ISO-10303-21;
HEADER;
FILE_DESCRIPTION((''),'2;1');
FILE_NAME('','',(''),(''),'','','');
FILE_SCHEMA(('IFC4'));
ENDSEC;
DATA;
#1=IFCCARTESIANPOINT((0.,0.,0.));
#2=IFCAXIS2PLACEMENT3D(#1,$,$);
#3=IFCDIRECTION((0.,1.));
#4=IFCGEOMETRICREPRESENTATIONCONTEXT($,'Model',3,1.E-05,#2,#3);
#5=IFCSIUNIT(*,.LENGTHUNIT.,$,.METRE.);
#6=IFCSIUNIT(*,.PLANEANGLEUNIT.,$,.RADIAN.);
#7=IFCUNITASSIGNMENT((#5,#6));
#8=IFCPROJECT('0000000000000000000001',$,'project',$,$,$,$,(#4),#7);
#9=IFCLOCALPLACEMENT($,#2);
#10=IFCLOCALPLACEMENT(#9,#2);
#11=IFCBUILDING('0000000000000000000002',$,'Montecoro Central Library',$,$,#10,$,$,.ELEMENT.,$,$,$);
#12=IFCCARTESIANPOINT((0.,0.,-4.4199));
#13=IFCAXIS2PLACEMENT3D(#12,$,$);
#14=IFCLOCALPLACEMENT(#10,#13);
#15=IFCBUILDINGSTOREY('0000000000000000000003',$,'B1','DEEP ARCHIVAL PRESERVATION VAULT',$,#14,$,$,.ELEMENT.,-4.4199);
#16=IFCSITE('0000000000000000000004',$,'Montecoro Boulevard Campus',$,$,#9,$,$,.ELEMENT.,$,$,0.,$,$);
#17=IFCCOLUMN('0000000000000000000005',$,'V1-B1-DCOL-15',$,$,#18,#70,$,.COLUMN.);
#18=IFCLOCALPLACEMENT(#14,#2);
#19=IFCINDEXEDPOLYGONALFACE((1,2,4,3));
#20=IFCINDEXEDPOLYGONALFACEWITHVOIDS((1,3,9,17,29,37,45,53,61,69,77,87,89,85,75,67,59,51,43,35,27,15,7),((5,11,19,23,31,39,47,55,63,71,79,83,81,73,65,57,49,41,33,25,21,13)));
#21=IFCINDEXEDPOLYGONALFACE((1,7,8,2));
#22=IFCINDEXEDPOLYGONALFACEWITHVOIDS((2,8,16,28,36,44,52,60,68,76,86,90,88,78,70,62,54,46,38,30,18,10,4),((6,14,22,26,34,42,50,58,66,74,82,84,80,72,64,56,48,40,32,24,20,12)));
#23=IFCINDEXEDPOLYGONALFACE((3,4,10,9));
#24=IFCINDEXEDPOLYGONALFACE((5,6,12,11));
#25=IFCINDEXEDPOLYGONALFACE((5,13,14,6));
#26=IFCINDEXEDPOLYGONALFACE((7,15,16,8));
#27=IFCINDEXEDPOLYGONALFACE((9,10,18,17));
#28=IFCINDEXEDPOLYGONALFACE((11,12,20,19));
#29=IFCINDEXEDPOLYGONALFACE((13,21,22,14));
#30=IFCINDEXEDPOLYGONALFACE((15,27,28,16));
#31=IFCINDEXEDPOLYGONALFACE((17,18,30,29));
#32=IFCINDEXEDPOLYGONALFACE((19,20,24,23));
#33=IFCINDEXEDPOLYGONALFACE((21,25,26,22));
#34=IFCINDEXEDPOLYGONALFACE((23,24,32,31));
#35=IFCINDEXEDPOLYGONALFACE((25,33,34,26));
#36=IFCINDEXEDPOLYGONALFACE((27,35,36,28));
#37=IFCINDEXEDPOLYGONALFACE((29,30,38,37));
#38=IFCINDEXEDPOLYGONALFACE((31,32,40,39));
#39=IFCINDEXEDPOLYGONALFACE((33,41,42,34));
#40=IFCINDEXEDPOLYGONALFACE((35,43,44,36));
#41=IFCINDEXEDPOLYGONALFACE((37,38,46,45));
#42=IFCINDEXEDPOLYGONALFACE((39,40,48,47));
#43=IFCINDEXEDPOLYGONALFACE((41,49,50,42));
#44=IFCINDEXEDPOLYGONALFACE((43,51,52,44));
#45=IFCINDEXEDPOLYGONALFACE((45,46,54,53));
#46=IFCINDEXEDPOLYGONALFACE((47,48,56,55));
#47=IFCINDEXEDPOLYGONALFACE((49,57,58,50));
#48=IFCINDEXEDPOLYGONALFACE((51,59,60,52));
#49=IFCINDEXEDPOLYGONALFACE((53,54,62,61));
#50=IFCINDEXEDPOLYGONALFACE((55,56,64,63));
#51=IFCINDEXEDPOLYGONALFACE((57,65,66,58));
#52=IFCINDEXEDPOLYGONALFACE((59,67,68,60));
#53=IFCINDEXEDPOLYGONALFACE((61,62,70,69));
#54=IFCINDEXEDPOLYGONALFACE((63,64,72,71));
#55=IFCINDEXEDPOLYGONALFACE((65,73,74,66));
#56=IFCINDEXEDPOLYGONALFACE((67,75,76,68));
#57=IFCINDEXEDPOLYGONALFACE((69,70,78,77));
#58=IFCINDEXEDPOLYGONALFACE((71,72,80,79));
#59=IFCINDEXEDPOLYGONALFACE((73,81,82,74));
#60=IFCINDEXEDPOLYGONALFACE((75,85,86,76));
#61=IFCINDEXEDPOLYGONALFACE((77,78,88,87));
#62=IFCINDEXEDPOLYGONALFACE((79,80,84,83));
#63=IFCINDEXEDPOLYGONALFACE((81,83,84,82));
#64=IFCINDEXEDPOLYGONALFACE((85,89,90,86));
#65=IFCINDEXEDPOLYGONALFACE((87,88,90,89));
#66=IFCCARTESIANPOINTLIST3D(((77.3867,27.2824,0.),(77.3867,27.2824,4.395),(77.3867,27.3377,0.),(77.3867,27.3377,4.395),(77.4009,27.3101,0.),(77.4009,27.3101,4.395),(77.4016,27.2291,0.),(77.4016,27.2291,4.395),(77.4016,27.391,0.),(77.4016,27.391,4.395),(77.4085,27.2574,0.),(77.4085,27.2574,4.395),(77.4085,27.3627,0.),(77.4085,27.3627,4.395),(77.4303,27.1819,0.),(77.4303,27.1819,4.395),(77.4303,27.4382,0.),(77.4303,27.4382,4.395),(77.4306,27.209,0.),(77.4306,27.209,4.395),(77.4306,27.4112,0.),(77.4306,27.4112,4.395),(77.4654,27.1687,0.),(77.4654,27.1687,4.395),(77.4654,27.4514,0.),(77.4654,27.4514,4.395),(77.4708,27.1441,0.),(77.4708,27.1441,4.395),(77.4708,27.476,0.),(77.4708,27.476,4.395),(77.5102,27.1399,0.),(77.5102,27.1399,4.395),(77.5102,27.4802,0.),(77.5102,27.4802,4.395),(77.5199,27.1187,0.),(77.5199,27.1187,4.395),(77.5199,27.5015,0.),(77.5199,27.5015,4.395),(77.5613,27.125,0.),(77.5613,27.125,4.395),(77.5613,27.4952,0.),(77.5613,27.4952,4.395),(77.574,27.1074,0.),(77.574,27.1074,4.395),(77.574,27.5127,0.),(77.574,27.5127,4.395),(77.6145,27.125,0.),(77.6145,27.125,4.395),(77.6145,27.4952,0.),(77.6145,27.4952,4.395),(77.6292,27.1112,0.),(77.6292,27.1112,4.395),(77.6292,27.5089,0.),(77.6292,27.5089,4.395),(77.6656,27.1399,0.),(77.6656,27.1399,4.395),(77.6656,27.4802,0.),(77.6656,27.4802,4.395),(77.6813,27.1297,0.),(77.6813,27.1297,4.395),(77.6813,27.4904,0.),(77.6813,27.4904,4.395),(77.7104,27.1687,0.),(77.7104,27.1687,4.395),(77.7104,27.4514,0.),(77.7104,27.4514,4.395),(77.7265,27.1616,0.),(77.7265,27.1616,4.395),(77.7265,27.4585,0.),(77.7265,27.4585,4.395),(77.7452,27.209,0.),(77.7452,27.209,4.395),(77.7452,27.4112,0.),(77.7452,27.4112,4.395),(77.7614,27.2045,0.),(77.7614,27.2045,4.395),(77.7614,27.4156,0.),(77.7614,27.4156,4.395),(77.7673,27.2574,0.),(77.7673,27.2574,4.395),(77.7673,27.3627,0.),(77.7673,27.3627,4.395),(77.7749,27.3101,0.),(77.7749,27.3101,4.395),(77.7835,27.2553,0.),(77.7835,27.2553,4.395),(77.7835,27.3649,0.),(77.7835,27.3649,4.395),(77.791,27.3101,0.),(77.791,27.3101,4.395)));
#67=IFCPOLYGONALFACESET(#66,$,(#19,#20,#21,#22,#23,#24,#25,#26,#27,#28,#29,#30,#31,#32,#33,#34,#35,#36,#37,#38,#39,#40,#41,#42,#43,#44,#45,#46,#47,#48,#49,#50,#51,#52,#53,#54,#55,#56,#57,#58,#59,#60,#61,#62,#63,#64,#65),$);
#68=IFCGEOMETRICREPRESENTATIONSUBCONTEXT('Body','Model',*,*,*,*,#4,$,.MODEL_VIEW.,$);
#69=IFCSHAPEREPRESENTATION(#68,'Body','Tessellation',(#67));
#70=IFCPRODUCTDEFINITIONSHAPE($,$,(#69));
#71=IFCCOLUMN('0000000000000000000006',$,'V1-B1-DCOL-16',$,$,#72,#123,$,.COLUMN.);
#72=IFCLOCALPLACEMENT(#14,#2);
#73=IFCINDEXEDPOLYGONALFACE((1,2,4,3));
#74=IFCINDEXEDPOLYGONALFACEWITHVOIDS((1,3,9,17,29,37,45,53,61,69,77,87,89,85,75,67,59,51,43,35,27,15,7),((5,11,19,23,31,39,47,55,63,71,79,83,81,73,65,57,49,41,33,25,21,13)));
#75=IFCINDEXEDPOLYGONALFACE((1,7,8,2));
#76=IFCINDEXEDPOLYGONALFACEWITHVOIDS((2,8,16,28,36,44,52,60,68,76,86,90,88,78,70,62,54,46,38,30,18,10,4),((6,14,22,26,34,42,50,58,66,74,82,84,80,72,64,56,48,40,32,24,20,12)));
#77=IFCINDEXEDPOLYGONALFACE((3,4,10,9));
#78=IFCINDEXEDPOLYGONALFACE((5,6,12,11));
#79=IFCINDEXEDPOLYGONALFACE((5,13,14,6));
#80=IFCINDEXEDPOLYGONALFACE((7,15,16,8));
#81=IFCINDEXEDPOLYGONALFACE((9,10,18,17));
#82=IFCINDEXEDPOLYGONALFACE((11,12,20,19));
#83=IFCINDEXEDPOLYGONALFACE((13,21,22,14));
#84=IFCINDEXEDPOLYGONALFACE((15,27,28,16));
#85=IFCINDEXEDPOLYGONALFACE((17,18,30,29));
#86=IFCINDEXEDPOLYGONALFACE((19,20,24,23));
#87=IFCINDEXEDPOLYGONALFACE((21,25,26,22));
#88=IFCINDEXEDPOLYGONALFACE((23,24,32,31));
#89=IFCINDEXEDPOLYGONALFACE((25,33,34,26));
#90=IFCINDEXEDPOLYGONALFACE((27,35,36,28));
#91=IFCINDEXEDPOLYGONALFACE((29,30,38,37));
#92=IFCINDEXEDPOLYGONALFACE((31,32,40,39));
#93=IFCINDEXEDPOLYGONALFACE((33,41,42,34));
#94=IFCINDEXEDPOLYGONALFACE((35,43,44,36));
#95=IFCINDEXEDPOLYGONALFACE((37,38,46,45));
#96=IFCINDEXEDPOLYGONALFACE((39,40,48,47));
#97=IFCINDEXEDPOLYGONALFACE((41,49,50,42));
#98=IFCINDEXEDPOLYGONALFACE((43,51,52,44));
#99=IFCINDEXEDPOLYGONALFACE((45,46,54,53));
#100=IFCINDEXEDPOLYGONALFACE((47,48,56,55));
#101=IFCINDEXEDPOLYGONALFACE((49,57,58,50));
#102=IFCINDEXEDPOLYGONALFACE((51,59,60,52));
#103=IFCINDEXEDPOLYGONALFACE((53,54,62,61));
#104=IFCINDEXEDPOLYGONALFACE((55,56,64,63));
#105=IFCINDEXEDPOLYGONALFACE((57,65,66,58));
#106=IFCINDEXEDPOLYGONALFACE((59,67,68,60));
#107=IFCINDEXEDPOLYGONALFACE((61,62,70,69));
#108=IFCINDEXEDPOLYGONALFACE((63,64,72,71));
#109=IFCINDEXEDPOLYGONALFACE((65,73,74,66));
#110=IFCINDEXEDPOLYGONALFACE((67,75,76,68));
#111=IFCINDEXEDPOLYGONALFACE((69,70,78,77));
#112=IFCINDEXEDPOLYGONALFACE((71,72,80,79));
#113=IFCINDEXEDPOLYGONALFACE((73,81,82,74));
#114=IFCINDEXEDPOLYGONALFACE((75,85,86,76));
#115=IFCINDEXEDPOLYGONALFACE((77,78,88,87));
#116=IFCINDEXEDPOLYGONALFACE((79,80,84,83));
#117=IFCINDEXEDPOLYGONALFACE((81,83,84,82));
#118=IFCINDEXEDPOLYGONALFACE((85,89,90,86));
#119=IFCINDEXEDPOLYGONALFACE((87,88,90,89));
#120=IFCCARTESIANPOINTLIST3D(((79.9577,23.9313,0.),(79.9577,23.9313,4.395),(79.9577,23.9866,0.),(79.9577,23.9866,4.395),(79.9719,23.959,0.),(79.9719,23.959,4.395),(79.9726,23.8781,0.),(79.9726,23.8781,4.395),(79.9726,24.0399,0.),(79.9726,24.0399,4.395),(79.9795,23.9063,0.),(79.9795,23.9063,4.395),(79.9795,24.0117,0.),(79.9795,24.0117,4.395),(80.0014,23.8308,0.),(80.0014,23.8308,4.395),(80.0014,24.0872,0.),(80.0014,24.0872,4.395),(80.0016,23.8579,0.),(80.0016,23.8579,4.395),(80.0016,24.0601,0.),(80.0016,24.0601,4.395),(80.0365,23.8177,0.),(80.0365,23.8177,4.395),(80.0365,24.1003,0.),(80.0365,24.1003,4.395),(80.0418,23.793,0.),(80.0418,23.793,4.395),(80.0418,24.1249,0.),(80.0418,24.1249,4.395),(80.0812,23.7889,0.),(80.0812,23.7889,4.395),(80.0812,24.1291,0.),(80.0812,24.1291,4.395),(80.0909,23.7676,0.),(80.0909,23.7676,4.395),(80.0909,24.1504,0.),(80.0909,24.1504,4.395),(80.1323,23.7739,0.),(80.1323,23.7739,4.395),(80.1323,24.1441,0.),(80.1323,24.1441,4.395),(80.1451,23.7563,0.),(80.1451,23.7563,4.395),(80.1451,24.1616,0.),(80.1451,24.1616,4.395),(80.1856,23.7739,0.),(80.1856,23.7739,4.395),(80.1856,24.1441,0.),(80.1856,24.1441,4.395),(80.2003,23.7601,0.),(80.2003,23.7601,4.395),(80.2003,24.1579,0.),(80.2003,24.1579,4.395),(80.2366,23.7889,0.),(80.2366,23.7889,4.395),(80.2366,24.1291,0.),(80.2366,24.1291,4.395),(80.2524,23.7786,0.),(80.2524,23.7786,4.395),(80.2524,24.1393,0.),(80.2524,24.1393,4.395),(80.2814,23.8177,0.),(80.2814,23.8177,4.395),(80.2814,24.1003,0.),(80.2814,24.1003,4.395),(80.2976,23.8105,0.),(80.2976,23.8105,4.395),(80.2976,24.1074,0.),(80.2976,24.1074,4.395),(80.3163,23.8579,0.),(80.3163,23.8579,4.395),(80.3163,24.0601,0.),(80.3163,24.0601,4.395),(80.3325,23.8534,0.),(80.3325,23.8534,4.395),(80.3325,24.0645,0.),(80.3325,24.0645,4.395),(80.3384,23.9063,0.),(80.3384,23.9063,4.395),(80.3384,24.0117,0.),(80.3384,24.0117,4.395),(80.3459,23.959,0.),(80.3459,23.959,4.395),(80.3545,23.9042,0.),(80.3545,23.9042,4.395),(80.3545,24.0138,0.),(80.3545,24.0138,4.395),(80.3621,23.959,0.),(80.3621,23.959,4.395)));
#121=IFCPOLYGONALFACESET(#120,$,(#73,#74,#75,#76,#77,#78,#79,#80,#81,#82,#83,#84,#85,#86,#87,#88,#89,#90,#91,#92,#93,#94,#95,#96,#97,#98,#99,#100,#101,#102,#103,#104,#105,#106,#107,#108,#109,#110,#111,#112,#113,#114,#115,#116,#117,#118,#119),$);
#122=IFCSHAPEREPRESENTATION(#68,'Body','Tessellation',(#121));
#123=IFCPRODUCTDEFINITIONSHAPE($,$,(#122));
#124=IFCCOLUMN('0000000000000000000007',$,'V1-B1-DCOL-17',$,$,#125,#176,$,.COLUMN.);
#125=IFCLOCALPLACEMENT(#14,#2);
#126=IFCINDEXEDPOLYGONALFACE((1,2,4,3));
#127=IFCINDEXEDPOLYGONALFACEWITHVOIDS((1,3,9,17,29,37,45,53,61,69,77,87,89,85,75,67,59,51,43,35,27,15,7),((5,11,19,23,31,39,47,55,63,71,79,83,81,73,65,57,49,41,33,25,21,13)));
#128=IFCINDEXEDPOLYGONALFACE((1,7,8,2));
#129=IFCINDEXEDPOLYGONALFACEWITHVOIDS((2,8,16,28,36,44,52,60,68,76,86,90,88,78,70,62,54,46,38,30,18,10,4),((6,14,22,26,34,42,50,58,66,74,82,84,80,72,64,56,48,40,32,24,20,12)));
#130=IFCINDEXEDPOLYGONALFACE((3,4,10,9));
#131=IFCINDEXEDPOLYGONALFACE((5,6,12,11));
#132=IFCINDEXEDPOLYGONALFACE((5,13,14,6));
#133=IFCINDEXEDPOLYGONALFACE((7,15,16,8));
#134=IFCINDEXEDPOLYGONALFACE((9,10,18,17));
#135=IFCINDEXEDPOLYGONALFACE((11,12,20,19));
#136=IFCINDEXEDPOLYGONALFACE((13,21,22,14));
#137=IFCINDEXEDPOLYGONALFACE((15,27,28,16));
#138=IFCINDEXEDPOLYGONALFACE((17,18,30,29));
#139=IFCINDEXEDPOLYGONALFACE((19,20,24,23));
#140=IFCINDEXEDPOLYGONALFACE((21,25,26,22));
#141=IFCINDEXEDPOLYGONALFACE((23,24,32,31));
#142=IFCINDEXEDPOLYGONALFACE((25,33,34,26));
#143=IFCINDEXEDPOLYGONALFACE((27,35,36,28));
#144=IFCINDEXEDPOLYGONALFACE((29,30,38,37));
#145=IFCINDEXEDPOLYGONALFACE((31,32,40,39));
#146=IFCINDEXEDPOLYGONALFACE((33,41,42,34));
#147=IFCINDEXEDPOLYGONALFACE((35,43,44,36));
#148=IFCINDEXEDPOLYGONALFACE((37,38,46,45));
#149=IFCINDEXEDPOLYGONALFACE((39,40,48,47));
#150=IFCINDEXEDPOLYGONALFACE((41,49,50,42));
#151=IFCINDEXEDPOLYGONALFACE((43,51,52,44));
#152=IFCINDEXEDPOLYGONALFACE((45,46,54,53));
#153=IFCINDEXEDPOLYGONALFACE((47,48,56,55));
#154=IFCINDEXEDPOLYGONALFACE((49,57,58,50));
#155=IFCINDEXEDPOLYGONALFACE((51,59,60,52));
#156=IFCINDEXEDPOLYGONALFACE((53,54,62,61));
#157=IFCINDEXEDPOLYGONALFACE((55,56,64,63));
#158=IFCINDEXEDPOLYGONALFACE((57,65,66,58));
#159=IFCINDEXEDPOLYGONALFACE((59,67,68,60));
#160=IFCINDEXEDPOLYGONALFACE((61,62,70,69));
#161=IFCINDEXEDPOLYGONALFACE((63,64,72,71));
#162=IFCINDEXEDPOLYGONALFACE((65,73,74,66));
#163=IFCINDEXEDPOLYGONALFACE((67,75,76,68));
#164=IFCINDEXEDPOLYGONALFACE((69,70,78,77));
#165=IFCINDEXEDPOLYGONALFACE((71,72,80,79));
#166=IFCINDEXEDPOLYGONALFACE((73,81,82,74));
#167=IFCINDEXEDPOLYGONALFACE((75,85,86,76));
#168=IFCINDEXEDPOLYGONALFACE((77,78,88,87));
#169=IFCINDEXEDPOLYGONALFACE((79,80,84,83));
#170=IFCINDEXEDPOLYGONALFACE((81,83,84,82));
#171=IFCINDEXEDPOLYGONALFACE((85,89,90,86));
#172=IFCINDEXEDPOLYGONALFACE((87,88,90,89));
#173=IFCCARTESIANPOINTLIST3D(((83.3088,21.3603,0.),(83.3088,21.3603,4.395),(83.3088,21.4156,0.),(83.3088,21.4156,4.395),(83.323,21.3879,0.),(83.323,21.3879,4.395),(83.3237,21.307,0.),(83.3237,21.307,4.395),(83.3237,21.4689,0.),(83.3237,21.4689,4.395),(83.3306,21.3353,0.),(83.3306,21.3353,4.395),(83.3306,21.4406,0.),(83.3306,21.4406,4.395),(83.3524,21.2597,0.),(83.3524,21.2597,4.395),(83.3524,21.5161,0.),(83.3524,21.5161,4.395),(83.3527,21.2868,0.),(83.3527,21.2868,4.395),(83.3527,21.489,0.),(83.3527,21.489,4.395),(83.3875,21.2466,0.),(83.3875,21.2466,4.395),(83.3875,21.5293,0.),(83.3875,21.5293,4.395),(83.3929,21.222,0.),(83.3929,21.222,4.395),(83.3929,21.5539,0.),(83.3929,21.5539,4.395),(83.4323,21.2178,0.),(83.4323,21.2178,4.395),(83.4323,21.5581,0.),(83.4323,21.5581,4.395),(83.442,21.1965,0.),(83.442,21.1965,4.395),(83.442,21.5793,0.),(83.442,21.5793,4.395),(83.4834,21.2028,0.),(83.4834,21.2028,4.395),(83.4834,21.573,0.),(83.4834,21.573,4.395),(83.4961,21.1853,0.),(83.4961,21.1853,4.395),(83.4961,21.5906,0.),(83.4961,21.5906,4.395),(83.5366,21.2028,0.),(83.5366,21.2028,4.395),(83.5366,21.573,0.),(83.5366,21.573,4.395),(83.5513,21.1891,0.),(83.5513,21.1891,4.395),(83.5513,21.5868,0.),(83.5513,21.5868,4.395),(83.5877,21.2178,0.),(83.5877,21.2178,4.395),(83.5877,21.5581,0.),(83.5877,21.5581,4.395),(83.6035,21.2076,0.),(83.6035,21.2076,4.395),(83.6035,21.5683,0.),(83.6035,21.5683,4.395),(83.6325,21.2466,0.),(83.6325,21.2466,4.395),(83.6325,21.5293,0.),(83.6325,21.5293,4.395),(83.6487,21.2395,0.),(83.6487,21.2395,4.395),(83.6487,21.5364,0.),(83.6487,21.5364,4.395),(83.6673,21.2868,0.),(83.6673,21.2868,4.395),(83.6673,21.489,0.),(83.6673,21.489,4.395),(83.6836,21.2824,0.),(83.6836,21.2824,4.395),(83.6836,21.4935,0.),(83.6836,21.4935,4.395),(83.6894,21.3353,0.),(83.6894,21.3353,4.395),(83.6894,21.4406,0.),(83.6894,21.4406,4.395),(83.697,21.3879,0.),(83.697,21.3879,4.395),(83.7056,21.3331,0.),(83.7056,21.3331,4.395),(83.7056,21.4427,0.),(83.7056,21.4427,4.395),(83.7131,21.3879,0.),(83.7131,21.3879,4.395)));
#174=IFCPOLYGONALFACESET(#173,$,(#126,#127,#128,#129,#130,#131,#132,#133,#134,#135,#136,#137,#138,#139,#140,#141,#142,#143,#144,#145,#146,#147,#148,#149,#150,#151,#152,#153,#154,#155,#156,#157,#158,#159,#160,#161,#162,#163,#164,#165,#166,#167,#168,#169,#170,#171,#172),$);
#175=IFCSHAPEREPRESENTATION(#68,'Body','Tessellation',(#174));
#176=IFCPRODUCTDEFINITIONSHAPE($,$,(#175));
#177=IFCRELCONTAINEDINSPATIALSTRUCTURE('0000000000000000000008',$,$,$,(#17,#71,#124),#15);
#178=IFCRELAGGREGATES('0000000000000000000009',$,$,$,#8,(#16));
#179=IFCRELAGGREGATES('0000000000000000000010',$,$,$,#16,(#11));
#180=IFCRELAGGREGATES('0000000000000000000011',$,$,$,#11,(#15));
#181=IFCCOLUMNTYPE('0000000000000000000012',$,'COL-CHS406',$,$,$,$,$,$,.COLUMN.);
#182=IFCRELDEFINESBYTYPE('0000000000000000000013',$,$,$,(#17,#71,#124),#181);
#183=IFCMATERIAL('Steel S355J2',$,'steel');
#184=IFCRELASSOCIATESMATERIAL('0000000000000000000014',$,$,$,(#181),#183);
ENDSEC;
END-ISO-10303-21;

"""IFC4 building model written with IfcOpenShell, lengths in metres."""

from ifc_helpers import new_model, si_unit, direction, frame, origin, origin_2d, place, context, subcontext, project, spatial, hollow_circle, extrude, material, material_profile, profile_set, type_object, element, save


model = new_model("IFC4")

# Units and contexts
model_context = context("Model", 3, precision=1e-05, world=origin(), true_north=direction((0.0, 1.0)))
body_context = subcontext(model_context, "Body", "Model", "MODEL_VIEW")
ifc_project = project(units=[si_unit("LENGTHUNIT", "METRE"), si_unit("PLANEANGLEUNIT", "RADIAN")], contexts=[model_context])

# Site, building, storey
site_placement = place(None, origin())
site = spatial("IfcSite", under=ifc_project, at=site_placement, Name="Montecoro Boulevard Campus", CompositionType="ELEMENT", RefElevation=0.0)
building_placement = place(site_placement, origin())
building = spatial("IfcBuilding", under=site, at=building_placement, Name="Montecoro Central Library", CompositionType="ELEMENT")
storey_placement = place(building_placement, frame((0.0, 0.0, -4.4199)))
storey = spatial("IfcBuildingStorey", under=building, at=storey_placement, Name="B1", Description="DEEP ARCHIVAL PRESERVATION VAULT", CompositionType="ELEMENT", Elevation=-4.4199)

# Columns
ifc_material_1 = material(Name="Steel S355J2", Category="steel")
ifc_material_profile_1 = material_profile(ifc_material_1, hollow_circle(Radius=0.2031, WallThickness=0.0161, at=origin_2d()), Name="CHS 406.4x16.0")
ifc_profile_set_1 = profile_set([ifc_material_profile_1], Name="Steel S355J2")
column_type = type_object("IfcColumnType", Name="COL-CHS406", PredefinedType="COLUMN", material=ifc_profile_set_1)
for number, where, z_axis, x_axis, name in (
    (1, (77.5879, 27.3101, 0.0), (0.0, 0.0, 1.0), (1.0, 0.0, 0.0), "V1-B1-DCOL-15"),
    (2, (80.1589, 23.959, 0.0), (0.0, 0.0, 1.0), (1.0, 0.0, 0.0), "V1-B1-DCOL-16"),
    (3, (83.51, 21.3879, 0.0), (0.0, 0.0, 1.0), (1.0, 0.0, 0.0), "V1-B1-DCOL-17"),
):
    element("IfcColumn", number, at=place(storey_placement, frame(where, z_axis=z_axis, x_axis=x_axis)), inside=storey, type_object=column_type, Name=name, PredefinedType="COLUMN", context=body_context, shape_type="SweptSolid", body=[
        extrude(hollow_circle(Radius=0.2031, WallThickness=0.0161, at=origin_2d()), origin(), (0.0, 0.0, 1.0), 4.395),
    ])

save(model, "model.ifc")
